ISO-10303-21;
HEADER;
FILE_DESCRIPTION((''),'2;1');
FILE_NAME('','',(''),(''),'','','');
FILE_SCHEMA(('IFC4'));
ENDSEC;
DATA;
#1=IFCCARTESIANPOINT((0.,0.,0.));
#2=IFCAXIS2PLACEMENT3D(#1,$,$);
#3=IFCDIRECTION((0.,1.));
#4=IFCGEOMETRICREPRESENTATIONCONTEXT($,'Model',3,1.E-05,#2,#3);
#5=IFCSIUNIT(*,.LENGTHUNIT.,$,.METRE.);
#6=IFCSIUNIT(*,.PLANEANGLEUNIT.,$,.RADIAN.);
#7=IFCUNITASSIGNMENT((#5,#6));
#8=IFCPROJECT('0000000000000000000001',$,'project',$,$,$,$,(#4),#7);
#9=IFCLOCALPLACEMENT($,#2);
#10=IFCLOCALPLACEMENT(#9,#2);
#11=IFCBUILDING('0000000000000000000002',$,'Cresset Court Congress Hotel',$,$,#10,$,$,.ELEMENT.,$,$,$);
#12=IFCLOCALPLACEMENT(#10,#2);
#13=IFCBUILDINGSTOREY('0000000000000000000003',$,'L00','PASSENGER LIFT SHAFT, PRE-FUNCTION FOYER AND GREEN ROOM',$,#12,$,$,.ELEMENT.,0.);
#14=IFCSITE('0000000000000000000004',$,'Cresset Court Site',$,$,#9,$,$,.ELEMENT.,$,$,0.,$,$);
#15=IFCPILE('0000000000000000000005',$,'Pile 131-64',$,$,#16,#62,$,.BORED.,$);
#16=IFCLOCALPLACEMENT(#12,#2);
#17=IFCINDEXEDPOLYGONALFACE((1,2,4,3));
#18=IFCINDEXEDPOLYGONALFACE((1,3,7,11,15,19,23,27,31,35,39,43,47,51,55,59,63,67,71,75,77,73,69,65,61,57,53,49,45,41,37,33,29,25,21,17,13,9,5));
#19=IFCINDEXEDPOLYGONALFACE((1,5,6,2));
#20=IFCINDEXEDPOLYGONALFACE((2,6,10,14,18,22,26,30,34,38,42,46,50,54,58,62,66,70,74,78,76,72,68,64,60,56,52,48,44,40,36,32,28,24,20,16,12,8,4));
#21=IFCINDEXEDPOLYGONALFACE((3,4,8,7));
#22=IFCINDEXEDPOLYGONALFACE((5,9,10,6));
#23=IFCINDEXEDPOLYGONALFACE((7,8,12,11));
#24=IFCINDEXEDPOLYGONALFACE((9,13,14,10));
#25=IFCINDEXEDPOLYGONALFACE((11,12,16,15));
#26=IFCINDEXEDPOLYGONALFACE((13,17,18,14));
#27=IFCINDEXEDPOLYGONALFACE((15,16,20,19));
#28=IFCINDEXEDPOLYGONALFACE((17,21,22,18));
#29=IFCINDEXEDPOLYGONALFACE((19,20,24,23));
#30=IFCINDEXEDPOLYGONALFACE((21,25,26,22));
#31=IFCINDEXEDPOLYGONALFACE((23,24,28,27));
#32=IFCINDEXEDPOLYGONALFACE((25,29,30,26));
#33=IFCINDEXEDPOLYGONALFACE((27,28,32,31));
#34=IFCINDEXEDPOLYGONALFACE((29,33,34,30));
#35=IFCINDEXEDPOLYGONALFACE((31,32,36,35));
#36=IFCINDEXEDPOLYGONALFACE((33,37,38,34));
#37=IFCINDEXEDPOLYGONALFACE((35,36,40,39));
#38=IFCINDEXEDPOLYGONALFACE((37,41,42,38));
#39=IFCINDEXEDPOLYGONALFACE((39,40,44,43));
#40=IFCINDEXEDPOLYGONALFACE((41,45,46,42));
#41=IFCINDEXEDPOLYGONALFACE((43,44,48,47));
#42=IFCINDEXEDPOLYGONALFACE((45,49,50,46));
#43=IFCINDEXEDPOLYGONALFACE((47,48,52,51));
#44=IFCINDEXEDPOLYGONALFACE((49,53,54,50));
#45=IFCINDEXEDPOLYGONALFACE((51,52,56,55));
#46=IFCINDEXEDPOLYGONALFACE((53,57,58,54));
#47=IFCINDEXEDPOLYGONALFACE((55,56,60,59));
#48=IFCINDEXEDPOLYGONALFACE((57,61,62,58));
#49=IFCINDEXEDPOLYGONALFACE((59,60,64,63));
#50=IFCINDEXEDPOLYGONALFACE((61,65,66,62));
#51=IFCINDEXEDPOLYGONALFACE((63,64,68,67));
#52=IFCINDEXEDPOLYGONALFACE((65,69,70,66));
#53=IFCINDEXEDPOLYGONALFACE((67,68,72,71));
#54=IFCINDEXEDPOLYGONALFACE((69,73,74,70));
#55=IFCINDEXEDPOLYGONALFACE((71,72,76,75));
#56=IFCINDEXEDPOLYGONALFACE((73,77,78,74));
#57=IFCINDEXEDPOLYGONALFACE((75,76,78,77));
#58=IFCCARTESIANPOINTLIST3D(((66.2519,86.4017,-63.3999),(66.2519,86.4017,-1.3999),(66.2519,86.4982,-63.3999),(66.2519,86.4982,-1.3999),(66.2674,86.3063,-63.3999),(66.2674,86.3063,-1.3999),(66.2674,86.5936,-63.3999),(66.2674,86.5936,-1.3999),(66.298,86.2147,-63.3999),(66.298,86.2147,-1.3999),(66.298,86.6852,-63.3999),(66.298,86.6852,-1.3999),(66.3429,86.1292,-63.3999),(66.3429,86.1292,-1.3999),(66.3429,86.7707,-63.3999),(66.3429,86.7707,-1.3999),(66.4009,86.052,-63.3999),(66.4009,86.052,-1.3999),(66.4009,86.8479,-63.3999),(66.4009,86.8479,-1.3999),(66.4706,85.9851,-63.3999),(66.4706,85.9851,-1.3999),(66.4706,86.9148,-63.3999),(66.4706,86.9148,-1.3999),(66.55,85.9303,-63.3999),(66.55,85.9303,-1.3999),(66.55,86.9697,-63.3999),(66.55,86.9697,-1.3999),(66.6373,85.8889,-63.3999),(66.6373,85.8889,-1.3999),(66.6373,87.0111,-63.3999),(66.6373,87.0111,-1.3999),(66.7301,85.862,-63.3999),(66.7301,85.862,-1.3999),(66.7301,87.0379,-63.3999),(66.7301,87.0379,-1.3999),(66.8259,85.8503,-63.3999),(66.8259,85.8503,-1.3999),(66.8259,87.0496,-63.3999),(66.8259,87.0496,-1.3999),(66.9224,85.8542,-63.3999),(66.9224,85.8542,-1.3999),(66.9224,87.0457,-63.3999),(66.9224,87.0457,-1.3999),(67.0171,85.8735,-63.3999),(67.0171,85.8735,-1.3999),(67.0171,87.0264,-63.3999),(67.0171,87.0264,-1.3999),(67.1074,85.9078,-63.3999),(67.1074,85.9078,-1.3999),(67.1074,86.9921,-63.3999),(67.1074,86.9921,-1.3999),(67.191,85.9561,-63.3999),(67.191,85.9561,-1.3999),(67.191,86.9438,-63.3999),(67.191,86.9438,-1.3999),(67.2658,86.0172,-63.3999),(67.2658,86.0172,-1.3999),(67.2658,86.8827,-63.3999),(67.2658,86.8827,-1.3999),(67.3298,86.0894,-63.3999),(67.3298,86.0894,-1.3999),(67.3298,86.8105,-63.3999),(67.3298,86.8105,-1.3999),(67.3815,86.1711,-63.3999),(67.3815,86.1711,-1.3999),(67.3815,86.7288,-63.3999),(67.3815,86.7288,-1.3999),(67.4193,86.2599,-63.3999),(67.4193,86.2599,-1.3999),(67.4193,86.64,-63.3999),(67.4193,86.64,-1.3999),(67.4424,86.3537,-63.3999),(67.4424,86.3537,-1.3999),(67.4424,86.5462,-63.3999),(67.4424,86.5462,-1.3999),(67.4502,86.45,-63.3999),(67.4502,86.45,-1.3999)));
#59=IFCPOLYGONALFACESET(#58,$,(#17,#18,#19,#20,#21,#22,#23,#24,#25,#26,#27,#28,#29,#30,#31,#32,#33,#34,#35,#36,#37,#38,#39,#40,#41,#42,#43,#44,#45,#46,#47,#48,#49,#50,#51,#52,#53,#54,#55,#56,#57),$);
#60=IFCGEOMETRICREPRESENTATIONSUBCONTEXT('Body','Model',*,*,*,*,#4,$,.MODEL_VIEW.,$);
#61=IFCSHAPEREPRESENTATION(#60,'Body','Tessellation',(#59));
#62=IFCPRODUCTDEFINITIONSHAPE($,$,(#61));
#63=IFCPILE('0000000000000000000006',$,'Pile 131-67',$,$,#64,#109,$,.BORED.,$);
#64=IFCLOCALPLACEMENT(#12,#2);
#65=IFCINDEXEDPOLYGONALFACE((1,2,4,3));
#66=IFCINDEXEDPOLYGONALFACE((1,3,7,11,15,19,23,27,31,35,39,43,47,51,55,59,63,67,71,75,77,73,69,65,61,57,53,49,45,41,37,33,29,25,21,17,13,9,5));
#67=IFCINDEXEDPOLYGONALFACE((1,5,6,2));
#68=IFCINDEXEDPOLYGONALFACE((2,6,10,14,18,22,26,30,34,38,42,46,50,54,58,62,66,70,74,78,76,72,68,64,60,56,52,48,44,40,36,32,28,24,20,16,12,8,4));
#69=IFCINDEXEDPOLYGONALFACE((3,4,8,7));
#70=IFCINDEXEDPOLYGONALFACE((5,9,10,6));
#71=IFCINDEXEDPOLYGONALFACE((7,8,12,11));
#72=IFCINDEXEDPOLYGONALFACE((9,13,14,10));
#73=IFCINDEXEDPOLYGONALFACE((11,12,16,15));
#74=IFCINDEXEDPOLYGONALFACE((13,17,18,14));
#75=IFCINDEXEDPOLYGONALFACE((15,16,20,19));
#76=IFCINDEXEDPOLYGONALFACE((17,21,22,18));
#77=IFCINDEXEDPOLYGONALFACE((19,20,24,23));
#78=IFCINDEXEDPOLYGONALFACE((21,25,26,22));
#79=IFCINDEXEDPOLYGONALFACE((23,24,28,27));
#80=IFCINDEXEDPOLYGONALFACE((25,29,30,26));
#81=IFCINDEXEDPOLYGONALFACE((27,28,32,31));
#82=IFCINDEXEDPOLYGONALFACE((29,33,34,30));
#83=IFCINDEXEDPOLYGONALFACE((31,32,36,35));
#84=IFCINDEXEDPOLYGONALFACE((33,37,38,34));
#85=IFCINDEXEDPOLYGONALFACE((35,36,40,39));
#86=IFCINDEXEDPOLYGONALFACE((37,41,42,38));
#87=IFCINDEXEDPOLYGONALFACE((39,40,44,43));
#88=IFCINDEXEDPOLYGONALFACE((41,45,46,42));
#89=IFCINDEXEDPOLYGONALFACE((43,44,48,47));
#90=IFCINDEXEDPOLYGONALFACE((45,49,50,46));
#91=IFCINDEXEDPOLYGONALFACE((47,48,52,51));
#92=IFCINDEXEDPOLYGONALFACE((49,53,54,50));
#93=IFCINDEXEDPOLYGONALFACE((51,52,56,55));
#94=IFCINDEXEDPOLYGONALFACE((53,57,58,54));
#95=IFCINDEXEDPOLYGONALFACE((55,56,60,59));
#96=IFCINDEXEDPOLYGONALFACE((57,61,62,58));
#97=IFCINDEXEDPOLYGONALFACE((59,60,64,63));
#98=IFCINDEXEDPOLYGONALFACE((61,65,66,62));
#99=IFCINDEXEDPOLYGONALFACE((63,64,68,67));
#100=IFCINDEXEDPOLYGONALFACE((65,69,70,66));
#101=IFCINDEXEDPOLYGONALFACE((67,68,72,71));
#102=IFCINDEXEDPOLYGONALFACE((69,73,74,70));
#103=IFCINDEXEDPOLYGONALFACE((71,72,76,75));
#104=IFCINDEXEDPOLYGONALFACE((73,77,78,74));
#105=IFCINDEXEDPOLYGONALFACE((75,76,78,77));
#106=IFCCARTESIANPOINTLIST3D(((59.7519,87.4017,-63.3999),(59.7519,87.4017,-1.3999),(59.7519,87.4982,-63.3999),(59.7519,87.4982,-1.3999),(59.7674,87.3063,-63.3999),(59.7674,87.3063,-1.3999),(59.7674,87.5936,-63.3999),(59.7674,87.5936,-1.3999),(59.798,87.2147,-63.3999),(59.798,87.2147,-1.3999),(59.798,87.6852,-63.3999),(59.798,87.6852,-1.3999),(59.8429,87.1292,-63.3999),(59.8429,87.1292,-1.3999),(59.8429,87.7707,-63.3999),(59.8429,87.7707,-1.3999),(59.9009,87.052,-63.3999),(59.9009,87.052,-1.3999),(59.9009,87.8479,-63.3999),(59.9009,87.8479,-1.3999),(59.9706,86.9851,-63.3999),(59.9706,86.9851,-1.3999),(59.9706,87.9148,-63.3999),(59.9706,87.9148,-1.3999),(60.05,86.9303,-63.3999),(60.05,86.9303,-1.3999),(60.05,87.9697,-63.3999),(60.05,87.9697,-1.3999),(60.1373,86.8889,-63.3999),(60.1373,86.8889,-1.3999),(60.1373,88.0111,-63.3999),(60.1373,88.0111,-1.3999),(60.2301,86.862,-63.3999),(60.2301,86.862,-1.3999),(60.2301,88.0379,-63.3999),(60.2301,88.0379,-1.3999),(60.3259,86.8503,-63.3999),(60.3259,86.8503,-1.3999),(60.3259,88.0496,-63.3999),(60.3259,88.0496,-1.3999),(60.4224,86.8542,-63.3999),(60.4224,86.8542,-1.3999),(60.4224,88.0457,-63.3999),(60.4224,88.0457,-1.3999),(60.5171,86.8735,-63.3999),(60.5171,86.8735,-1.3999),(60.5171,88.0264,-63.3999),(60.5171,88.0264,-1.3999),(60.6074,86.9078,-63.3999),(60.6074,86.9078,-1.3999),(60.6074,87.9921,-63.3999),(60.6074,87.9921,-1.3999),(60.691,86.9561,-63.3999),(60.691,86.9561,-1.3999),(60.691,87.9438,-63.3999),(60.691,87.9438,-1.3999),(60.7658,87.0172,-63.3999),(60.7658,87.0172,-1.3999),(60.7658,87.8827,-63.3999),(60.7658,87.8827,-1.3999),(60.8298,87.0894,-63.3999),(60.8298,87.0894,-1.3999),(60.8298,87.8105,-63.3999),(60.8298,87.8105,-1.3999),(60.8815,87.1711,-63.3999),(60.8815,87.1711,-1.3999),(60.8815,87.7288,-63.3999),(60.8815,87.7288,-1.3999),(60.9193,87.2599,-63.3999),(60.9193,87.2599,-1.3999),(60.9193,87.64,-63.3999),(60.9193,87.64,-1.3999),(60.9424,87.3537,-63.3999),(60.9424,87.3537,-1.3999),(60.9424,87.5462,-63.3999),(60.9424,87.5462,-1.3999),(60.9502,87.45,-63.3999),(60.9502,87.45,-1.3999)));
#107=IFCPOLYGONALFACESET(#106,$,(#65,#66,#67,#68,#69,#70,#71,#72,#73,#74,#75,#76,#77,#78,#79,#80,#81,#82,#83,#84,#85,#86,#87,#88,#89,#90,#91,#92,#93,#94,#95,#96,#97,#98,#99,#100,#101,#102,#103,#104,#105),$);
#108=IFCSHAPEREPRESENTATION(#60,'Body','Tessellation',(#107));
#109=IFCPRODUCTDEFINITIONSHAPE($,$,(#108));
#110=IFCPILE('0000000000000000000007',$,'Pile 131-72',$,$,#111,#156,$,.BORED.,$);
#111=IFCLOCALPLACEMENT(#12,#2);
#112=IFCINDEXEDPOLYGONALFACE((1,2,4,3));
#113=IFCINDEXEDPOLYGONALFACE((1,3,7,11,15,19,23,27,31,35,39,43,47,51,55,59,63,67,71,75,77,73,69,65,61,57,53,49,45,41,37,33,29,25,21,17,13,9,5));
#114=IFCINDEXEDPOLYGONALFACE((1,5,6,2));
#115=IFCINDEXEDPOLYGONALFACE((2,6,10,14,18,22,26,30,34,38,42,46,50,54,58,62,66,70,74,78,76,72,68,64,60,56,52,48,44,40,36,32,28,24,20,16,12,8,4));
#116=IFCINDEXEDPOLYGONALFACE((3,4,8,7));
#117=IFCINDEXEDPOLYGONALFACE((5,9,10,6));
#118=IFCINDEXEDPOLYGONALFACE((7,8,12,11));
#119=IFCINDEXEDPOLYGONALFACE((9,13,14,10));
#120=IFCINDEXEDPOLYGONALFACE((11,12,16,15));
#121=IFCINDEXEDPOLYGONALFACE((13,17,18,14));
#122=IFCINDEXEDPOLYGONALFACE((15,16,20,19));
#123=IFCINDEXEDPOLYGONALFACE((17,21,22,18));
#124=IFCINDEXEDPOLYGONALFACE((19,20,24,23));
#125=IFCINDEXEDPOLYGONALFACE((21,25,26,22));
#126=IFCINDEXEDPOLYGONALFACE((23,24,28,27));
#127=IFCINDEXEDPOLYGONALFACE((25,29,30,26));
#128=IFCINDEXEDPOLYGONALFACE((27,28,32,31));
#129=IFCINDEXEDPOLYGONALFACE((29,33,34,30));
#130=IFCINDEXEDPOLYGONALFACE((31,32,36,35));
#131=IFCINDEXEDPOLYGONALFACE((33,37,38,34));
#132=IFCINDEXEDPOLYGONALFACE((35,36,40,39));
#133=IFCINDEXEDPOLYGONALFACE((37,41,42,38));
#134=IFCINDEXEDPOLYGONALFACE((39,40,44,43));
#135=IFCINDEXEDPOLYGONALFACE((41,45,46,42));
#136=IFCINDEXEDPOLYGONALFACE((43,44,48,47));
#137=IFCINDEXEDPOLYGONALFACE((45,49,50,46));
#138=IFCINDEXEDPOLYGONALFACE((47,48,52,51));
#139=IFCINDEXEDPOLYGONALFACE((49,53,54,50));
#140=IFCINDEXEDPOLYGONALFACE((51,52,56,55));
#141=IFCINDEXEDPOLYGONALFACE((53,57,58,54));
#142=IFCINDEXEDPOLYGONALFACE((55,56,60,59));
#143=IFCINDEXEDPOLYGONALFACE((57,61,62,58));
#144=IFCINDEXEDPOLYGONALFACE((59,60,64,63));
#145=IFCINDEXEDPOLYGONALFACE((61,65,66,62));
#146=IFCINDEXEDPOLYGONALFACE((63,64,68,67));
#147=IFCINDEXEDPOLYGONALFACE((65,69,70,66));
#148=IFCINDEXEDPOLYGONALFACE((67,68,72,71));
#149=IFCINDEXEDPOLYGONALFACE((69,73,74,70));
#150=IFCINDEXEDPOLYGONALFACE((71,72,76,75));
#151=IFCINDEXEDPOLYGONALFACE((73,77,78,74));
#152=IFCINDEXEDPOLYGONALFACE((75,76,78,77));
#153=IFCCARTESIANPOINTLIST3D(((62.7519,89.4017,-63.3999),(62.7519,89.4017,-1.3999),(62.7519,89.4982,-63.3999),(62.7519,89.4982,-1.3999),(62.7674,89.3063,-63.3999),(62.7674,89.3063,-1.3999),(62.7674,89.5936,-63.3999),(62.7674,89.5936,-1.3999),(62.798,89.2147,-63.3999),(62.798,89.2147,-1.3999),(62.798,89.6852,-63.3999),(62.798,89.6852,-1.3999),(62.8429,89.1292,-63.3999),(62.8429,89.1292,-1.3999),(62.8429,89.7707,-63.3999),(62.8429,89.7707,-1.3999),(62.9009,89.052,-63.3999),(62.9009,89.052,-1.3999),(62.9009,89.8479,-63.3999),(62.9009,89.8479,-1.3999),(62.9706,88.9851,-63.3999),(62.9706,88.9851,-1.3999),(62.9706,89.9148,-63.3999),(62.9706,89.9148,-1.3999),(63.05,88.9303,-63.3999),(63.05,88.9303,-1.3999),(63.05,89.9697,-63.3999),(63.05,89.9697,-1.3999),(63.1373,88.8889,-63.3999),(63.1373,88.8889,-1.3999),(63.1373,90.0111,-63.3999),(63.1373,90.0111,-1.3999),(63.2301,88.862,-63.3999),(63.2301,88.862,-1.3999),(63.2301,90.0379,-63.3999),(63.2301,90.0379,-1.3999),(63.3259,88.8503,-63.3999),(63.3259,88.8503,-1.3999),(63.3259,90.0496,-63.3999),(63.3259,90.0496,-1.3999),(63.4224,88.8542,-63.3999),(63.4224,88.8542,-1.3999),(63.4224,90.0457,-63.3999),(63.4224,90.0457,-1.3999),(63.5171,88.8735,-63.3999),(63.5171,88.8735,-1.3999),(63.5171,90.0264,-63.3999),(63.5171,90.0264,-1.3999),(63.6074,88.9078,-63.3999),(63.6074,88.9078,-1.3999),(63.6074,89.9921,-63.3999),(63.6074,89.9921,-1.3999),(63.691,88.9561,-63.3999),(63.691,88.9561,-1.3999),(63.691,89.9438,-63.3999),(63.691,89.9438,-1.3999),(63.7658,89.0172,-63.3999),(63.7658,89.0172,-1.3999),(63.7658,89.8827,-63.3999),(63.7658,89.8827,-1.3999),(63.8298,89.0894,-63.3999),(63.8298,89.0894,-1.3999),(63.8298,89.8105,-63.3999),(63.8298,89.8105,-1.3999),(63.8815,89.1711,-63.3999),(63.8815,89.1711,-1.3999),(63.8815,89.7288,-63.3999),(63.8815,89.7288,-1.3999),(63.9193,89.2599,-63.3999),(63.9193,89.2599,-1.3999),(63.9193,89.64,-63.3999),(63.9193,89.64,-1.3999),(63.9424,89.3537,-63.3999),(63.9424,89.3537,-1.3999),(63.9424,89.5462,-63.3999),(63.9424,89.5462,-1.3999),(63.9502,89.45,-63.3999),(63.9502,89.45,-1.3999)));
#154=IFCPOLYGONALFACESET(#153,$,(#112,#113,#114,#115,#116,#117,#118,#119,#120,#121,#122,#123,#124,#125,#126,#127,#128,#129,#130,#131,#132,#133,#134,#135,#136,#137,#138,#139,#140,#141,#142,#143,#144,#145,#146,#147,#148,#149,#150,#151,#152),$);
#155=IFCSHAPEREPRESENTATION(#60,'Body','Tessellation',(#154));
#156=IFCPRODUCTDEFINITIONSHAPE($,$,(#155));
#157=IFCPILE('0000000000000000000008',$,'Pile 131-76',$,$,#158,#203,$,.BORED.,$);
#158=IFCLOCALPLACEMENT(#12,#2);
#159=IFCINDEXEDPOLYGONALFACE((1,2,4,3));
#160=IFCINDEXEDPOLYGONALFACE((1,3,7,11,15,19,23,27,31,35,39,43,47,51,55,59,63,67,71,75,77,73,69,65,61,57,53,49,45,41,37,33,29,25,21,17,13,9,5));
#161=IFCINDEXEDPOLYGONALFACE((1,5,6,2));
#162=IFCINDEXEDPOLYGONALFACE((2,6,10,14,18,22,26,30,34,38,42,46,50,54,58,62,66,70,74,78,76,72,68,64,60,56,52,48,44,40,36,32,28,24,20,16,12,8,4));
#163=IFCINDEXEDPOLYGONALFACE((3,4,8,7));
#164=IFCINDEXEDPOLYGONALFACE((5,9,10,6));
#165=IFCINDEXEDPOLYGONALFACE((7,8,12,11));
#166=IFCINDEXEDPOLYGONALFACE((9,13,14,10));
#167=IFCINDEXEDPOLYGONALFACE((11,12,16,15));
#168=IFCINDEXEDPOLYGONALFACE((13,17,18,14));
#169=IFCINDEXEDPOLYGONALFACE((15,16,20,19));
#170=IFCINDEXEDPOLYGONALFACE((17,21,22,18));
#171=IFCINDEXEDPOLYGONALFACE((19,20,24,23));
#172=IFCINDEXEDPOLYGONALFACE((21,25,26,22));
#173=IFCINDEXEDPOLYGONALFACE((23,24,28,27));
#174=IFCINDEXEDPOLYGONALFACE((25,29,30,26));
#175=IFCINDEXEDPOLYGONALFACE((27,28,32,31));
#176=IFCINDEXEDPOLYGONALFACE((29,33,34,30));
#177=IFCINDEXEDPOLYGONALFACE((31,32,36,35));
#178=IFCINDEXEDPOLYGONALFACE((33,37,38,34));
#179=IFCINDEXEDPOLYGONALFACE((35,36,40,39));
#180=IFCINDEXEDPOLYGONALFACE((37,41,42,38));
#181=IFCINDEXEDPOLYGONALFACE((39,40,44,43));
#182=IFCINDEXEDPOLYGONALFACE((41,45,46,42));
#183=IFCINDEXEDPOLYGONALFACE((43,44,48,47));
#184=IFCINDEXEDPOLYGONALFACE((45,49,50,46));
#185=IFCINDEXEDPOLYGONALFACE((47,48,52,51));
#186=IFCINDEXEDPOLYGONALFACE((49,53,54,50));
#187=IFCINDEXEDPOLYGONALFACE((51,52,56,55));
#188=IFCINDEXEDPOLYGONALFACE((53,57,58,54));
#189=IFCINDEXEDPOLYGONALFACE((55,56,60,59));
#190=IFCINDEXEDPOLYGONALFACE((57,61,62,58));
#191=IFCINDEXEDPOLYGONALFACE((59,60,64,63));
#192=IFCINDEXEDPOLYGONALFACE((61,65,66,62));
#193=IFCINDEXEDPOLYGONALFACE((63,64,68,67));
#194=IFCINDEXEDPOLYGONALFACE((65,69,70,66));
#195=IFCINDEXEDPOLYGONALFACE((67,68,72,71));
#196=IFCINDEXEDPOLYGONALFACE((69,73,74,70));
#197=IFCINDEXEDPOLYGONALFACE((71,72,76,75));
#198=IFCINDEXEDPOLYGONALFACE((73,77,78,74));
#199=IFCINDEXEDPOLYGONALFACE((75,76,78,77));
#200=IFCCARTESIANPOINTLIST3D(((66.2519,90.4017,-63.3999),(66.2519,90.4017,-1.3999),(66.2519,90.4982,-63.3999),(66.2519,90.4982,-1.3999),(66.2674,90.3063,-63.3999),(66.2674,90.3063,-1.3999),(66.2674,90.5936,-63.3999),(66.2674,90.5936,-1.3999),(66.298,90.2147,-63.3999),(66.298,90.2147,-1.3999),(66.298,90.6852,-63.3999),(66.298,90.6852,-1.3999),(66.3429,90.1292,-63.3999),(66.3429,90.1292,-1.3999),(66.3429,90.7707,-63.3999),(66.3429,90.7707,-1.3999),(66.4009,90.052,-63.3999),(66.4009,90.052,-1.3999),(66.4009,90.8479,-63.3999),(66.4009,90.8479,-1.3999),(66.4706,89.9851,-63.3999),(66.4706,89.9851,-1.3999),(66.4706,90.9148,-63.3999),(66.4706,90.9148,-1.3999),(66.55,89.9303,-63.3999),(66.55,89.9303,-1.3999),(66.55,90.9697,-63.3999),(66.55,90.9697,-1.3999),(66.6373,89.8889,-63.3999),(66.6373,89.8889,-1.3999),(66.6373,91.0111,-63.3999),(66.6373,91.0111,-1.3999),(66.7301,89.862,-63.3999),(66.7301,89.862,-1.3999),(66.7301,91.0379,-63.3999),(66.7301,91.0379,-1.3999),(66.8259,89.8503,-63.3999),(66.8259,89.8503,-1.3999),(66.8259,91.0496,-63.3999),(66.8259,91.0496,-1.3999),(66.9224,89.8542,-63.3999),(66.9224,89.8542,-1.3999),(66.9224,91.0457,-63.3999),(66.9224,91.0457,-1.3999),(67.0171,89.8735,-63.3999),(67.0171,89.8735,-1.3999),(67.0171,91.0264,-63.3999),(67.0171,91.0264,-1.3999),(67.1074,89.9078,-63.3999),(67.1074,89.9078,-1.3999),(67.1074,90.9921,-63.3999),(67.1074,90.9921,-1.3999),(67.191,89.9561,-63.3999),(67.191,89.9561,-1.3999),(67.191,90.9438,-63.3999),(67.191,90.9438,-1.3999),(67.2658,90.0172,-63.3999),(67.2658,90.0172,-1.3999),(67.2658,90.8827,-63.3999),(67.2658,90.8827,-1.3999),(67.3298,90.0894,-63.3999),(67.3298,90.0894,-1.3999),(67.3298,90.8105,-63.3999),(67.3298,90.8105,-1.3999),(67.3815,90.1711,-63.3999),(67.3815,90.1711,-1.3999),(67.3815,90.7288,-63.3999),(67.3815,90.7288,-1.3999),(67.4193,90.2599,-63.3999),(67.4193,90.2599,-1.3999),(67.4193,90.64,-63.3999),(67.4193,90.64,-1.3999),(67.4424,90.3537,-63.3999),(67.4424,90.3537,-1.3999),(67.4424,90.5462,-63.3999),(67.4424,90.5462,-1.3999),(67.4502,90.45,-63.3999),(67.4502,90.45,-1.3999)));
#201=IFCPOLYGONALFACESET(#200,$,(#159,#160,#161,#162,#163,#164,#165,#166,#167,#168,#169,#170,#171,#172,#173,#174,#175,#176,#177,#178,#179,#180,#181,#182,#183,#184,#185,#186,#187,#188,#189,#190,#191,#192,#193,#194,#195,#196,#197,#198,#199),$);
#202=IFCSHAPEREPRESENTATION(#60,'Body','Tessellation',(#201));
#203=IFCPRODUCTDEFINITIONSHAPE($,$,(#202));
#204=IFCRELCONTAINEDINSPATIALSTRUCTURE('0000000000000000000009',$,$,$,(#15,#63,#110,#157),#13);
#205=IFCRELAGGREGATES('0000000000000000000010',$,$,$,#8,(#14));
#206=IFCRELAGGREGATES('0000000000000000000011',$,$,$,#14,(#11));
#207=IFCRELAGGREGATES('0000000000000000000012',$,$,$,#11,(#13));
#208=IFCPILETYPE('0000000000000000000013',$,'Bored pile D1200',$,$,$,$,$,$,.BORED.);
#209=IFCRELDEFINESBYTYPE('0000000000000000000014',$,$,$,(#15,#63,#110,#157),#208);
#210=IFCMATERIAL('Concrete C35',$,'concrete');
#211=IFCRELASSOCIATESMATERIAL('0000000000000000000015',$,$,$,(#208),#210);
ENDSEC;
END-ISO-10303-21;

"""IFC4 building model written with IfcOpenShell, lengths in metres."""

from ifc_helpers import new_model, si_unit, direction, frame, origin, origin_2d, place, context, subcontext, project, spatial, circle, extrude, material, type_object, element, save


model = new_model("IFC4")

# Units and contexts
model_context = context("Model", 3, precision=1e-05, world=origin(), true_north=direction((0.0, 1.0)))
body_context = subcontext(model_context, "Body", "Model", "MODEL_VIEW")
ifc_project = project(units=[si_unit("LENGTHUNIT", "METRE"), si_unit("PLANEANGLEUNIT", "RADIAN")], contexts=[model_context])

# Site, building, storey
site_placement = place(None, origin())
site = spatial("IfcSite", under=ifc_project, at=site_placement, Name="Cresset Court Site", CompositionType="ELEMENT", RefElevation=0.0)
building_placement = place(site_placement, origin())
building = spatial("IfcBuilding", under=site, at=building_placement, Name="Cresset Court Congress Hotel", CompositionType="ELEMENT")
storey_placement = place(building_placement, origin())
storey = spatial("IfcBuildingStorey", under=building, at=storey_placement, Name="L00", Description="PASSENGER LIFT SHAFT, PRE-FUNCTION FOYER AND GREEN ROOM", CompositionType="ELEMENT", Elevation=0.0)

# Piles
ifc_material_1 = material(Name="Concrete C35", Category="concrete")
pile_type = type_object("IfcPileType", Name="Bored pile D1200", PredefinedType="BORED", material=ifc_material_1)
for number, where, z_axis, x_axis, name in (
    (1, (66.8501, 86.45, -1.3999), (0.0, 0.0, -1.0), (1.0, 0.0, 0.0), "Pile 131-64"),
    (2, (60.3501, 87.45, -1.3999), (0.0, 0.0, -1.0), (1.0, 0.0, 0.0), "Pile 131-67"),
    (3, (63.3501, 89.45, -1.3999), (0.0, 0.0, -1.0), (1.0, 0.0, 0.0), "Pile 131-72"),
    (4, (66.8501, 90.45, -1.3999), (0.0, 0.0, -1.0), (1.0, 0.0, 0.0), "Pile 131-76"),
):
    element("IfcPile", number, at=place(storey_placement, frame(where, z_axis=z_axis, x_axis=x_axis)), inside=storey, type_object=pile_type, Name=name, PredefinedType="BORED", context=body_context, shape_type="SweptSolid", body=[
        extrude(circle(Radius=0.6001, at=origin_2d()), origin(), (0.0, 0.0, 1.0), 62.0),
    ])

save(model, "model.ifc")
